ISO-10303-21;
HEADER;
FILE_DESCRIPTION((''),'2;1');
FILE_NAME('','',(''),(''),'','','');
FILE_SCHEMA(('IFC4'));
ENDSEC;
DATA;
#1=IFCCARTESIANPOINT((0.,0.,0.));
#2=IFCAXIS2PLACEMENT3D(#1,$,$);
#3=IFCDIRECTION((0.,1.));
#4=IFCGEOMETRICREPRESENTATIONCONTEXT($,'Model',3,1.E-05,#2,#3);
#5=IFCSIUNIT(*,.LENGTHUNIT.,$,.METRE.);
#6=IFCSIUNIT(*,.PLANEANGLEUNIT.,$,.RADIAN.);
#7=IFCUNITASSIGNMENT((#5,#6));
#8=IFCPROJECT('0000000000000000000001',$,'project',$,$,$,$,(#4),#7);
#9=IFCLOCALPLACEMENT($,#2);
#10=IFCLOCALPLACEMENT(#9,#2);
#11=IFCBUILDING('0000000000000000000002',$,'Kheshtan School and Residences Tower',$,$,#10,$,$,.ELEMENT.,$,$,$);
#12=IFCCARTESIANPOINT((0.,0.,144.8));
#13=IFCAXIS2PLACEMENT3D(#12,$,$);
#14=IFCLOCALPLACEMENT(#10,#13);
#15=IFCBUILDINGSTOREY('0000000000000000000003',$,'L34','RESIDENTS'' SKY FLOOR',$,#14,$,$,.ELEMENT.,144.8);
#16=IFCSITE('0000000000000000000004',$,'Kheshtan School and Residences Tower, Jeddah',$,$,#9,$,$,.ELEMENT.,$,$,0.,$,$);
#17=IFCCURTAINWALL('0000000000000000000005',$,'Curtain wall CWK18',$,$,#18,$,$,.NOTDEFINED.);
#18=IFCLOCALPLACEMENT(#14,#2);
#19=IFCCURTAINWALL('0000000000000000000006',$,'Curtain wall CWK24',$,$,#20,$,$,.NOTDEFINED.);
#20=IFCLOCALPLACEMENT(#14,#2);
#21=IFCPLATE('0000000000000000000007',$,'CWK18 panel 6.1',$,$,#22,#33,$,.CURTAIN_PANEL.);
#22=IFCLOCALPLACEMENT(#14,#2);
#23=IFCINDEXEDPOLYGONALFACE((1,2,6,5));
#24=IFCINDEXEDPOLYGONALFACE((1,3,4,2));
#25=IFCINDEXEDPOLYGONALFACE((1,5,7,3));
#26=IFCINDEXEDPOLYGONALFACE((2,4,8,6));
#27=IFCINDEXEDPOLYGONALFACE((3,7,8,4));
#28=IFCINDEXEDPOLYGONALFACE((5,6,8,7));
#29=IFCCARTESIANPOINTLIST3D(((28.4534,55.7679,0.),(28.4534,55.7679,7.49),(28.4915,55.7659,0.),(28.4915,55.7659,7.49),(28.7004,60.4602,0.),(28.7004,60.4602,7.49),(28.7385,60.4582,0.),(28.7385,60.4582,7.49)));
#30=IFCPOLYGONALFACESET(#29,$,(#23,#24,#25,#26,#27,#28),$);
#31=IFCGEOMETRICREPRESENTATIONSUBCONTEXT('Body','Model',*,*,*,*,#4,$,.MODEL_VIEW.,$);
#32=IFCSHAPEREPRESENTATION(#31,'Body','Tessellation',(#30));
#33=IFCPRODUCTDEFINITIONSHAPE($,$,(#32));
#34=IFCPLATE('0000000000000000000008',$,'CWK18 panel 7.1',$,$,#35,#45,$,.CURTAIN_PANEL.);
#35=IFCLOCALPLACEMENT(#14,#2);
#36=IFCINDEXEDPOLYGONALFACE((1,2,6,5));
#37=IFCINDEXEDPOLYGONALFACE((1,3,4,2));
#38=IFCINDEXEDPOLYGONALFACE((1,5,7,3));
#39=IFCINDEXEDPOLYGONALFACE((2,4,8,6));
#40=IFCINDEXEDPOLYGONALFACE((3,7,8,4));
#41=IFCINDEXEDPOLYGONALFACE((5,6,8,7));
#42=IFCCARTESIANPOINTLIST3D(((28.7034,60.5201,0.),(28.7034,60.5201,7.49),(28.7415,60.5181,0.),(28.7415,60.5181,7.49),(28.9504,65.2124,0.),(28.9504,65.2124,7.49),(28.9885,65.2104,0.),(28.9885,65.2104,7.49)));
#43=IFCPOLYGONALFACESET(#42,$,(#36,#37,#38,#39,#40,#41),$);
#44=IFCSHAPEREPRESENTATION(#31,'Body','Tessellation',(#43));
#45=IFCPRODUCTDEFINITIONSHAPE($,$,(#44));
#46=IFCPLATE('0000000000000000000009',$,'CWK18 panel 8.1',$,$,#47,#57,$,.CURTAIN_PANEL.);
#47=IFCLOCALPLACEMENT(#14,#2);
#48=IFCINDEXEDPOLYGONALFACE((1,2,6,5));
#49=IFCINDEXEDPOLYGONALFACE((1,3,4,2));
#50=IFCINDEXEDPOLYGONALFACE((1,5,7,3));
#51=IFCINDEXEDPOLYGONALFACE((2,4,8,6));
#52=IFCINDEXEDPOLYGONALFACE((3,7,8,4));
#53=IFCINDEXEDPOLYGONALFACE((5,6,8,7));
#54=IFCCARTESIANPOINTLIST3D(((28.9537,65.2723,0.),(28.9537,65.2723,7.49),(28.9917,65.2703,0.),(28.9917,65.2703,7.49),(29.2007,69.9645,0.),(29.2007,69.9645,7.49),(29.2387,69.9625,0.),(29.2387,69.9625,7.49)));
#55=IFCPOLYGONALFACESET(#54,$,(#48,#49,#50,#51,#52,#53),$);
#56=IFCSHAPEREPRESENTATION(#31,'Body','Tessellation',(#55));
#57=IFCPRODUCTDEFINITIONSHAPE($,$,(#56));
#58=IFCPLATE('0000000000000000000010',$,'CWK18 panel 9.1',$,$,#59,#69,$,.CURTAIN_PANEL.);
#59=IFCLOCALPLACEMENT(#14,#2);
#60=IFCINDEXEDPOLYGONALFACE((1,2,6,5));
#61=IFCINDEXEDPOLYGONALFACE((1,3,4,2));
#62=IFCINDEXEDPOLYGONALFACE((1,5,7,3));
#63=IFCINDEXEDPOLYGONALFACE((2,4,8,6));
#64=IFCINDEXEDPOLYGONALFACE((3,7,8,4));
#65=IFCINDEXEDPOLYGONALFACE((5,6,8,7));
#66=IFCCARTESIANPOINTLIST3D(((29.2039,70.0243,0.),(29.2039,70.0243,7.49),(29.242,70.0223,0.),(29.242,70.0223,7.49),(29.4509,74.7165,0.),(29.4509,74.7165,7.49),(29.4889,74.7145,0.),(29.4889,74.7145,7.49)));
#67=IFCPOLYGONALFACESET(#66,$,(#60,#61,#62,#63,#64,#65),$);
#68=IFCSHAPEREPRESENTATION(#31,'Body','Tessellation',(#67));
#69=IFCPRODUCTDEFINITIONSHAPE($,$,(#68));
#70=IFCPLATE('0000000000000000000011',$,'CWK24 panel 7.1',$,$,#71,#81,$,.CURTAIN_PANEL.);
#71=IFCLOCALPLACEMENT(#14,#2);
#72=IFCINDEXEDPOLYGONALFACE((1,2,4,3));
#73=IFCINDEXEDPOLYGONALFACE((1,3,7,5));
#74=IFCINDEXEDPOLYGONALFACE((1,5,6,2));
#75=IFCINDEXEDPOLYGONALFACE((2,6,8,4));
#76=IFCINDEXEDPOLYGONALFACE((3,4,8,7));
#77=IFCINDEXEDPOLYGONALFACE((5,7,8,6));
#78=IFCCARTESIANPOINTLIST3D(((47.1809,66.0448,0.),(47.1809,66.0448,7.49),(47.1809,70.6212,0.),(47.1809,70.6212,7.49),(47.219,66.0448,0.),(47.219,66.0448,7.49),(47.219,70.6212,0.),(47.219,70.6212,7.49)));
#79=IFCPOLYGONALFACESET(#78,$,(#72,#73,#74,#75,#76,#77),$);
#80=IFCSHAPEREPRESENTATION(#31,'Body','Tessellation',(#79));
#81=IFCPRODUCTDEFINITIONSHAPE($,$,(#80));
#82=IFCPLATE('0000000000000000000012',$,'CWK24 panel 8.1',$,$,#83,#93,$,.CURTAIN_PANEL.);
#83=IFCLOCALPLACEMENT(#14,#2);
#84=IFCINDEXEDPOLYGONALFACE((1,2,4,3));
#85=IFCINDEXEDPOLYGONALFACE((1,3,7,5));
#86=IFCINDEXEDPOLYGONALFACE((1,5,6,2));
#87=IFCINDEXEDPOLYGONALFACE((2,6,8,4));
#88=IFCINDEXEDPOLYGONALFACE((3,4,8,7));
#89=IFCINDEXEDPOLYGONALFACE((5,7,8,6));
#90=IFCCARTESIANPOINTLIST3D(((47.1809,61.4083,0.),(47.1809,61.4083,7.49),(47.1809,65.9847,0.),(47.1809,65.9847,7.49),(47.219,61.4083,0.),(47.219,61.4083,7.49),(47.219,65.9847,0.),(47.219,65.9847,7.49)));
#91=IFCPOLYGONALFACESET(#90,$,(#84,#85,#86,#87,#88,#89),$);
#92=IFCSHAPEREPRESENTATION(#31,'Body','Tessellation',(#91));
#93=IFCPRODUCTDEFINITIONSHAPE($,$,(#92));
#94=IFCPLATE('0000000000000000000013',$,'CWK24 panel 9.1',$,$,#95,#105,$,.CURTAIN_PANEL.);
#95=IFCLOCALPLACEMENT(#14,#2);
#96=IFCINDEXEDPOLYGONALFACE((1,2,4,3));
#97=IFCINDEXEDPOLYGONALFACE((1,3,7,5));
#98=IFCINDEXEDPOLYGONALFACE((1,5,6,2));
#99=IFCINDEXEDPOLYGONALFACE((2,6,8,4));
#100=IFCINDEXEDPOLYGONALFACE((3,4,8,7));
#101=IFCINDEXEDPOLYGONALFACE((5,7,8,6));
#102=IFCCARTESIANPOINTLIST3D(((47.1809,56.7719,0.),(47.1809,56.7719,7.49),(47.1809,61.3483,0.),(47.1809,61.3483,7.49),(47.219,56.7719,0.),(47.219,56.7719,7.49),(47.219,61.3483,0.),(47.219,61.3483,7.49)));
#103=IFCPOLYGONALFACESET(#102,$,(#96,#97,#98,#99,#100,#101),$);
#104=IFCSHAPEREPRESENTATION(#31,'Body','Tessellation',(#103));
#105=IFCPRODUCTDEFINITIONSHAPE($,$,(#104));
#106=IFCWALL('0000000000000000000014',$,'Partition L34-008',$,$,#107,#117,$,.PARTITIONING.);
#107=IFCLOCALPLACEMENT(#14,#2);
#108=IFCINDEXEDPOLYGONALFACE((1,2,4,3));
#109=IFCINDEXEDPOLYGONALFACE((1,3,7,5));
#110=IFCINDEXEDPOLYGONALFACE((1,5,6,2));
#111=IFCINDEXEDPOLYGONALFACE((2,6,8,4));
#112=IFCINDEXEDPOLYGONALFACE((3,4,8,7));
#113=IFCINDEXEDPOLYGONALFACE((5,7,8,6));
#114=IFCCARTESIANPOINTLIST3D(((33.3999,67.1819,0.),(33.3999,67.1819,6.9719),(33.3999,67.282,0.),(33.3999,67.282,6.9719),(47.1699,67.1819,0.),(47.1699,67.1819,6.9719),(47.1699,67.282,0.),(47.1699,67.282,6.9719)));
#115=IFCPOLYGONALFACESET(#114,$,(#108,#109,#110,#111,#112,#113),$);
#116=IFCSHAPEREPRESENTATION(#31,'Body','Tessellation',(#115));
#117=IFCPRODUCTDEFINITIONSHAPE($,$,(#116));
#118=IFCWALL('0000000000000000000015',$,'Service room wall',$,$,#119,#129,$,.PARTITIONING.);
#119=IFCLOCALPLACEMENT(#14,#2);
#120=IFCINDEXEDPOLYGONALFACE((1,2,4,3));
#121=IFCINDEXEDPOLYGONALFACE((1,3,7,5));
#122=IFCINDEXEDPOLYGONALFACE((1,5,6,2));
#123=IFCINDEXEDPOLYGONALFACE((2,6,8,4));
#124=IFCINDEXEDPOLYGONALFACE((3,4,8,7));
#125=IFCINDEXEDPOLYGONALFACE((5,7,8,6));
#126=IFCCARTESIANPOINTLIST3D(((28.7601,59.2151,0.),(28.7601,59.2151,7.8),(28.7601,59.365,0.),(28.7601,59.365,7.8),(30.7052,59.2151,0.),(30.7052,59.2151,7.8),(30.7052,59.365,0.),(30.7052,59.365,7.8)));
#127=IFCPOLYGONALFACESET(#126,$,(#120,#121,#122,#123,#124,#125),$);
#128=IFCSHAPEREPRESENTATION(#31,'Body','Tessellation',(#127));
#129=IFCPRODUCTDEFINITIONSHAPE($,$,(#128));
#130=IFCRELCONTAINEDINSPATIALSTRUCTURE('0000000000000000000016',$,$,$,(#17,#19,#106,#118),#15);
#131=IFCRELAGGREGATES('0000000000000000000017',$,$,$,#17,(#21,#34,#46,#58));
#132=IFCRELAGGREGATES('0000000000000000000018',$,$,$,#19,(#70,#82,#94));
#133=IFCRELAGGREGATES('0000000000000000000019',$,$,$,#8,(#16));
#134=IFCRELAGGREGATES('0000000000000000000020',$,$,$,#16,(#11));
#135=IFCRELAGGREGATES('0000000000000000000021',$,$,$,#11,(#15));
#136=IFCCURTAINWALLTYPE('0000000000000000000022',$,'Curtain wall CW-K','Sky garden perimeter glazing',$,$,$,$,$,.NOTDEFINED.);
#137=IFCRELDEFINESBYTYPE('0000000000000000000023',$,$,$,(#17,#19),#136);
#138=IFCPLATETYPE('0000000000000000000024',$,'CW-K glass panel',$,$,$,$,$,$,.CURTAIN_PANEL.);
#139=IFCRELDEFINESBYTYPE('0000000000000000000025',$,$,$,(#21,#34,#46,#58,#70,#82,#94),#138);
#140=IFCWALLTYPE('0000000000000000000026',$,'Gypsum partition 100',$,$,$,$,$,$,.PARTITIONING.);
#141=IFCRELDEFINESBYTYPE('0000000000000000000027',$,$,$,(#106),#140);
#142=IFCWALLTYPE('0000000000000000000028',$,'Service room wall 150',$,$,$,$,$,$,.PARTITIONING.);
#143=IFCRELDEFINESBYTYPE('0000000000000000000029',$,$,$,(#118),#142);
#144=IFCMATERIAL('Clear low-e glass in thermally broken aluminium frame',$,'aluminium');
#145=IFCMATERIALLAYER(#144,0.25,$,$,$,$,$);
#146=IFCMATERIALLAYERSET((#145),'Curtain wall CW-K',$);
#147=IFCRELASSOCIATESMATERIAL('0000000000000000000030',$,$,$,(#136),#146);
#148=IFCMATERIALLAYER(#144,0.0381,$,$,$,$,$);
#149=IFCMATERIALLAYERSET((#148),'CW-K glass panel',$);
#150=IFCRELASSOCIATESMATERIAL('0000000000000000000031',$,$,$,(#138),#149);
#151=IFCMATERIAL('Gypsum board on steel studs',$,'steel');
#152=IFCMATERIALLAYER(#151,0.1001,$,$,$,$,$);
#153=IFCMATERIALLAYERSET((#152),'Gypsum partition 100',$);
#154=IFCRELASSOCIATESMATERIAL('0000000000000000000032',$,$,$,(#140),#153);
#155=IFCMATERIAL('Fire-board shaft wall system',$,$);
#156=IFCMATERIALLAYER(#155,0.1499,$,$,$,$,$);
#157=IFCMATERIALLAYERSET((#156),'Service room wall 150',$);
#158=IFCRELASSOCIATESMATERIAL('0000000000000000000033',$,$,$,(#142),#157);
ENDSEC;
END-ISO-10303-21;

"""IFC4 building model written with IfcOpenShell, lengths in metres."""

from ifc_helpers import new_model, si_unit, direction, frame, frame_2d, origin, origin_2d, place, context, subcontext, project, spatial, rectangle, extrude, material, layer, layer_set, type_object, element, aggregate, save


model = new_model("IFC4")

# Units and contexts
model_context = context("Model", 3, precision=1e-05, world=origin(), true_north=direction((0.0, 1.0)))
body_context = subcontext(model_context, "Body", "Model", "MODEL_VIEW")
ifc_project = project(units=[si_unit("LENGTHUNIT", "METRE"), si_unit("PLANEANGLEUNIT", "RADIAN")], contexts=[model_context])

# Site, building, storey
site_placement = place(None, origin())
site = spatial("IfcSite", under=ifc_project, at=site_placement, Name="Kheshtan School and Residences Tower, Jeddah", CompositionType="ELEMENT", RefElevation=0.0)
building_placement = place(site_placement, origin())
building = spatial("IfcBuilding", under=site, at=building_placement, Name="Kheshtan School and Residences Tower", CompositionType="ELEMENT")
storey_placement = place(building_placement, frame((0.0, 0.0, 144.8)))
storey = spatial("IfcBuildingStorey", under=building, at=storey_placement, Name="L34", Description="RESIDENTS' SKY FLOOR", CompositionType="ELEMENT", Elevation=144.8)

# Curtain walls
ifc_material_1 = material(Name="Clear low-e glass in thermally broken aluminium frame", Category="aluminium")
ifc_layer_1 = layer(ifc_material_1, 0.25)
ifc_layer_set_1 = layer_set([ifc_layer_1], Name="Curtain wall CW-K")
curtain_wall_type = type_object("IfcCurtainWallType", Name="Curtain wall CW-K", Description="Sky garden perimeter glazing", PredefinedType="NOTDEFINED", material=ifc_layer_set_1)
curtain_wall_1_placement = place(storey_placement, origin())
curtain_wall_1 = element("IfcCurtainWall", 1, at=curtain_wall_1_placement, inside=storey, type_object=curtain_wall_type, Name="Curtain wall CWK18", PredefinedType="NOTDEFINED")
curtain_wall_2_placement = place(storey_placement, origin())
curtain_wall_2 = element("IfcCurtainWall", 2, at=curtain_wall_2_placement, inside=storey, type_object=curtain_wall_type, Name="Curtain wall CWK24", PredefinedType="NOTDEFINED")

# Plates
ifc_layer_2 = layer(ifc_material_1, 0.0381)
ifc_layer_set_2 = layer_set([ifc_layer_2], Name="CW-K glass panel")
plate_type = type_object("IfcPlateType", Name="CW-K glass panel", PredefinedType="CURTAIN_PANEL", material=ifc_layer_set_2)
plate_1_placement = place(storey_placement, frame((28.5959, 58.113, 0.0), z_axis=(0.0, 0.0, 1.0), x_axis=(0.052565, 0.998617, 0.0)))
plate_1 = element("IfcPlate", 3, at=plate_1_placement, type_object=plate_type, Name="CWK18 panel 6.1", PredefinedType="CURTAIN_PANEL", context=body_context, shape_type="SweptSolid", body=[
    extrude(rectangle(XDim=4.6987, YDim=0.0381, at=origin_2d()), origin(), (0.0, 0.0, 1.0), 7.49),
])
plate_2_placement = place(storey_placement, frame((28.8459, 62.8652, 0.0), z_axis=(0.0, 0.0, 1.0), x_axis=(0.052565, 0.998617, 0.0)))
plate_2 = element("IfcPlate", 4, at=plate_2_placement, type_object=plate_type, Name="CWK18 panel 7.1", PredefinedType="CURTAIN_PANEL", context=body_context, shape_type="SweptSolid", body=[
    extrude(rectangle(XDim=4.6987, YDim=0.0381, at=origin_2d()), origin(), (0.0, 0.0, 1.0), 7.49),
])
plate_3_placement = place(storey_placement, frame((29.0962, 67.6174, 0.0), z_axis=(0.0, 0.0, 1.0), x_axis=(0.052565, 0.998617, 0.0)))
plate_3 = element("IfcPlate", 5, at=plate_3_placement, type_object=plate_type, Name="CWK18 panel 8.1", PredefinedType="CURTAIN_PANEL", context=body_context, shape_type="SweptSolid", body=[
    extrude(rectangle(XDim=4.6987, YDim=0.0381, at=origin_2d()), origin(), (0.0, 0.0, 1.0), 7.49),
])
plate_4_placement = place(storey_placement, frame((29.3464, 72.3694, 0.0), z_axis=(0.0, 0.0, 1.0), x_axis=(0.052565, 0.998617, 0.0)))
plate_4 = element("IfcPlate", 6, at=plate_4_placement, type_object=plate_type, Name="CWK18 panel 9.1", PredefinedType="CURTAIN_PANEL", context=body_context, shape_type="SweptSolid", body=[
    extrude(rectangle(XDim=4.6987, YDim=0.0381, at=origin_2d()), origin(), (0.0, 0.0, 1.0), 7.49),
])
aggregate(curtain_wall_1, [plate_1, plate_2, plate_3, plate_4])
plate_5_placement = place(storey_placement, frame((47.2, 68.333, 0.0), z_axis=(0.0, 0.0, 1.0), x_axis=(0.0, -1.0, 0.0)))
plate_5 = element("IfcPlate", 7, at=plate_5_placement, type_object=plate_type, Name="CWK24 panel 7.1", PredefinedType="CURTAIN_PANEL", context=body_context, shape_type="SweptSolid", body=[
    extrude(rectangle(XDim=4.5764, YDim=0.0381, at=origin_2d()), origin(), (0.0, 0.0, 1.0), 7.49),
])
plate_6_placement = place(storey_placement, frame((47.2, 63.6965, 0.0), z_axis=(0.0, 0.0, 1.0), x_axis=(0.0, -1.0, 0.0)))
plate_6 = element("IfcPlate", 8, at=plate_6_placement, type_object=plate_type, Name="CWK24 panel 8.1", PredefinedType="CURTAIN_PANEL", context=body_context, shape_type="SweptSolid", body=[
    extrude(rectangle(XDim=4.5764, YDim=0.0381, at=origin_2d()), origin(), (0.0, 0.0, 1.0), 7.49),
])
plate_7_placement = place(storey_placement, frame((47.2, 59.0601, 0.0), z_axis=(0.0, 0.0, 1.0), x_axis=(0.0, -1.0, 0.0)))
plate_7 = element("IfcPlate", 9, at=plate_7_placement, type_object=plate_type, Name="CWK24 panel 9.1", PredefinedType="CURTAIN_PANEL", context=body_context, shape_type="SweptSolid", body=[
    extrude(rectangle(XDim=4.5764, YDim=0.0381, at=origin_2d()), origin(), (0.0, 0.0, 1.0), 7.49),
])
aggregate(curtain_wall_2, [plate_5, plate_6, plate_7])

# Walls
ifc_material_2 = material(Name="Gypsum board on steel studs", Category="steel")
ifc_layer_3 = layer(ifc_material_2, 0.1001)
ifc_layer_set_3 = layer_set([ifc_layer_3], Name="Gypsum partition 100")
wall_type_1 = type_object("IfcWallType", Name="Gypsum partition 100", PredefinedType="PARTITIONING", material=ifc_layer_set_3)
wall_1_placement = place(storey_placement, frame((33.3999, 67.2319, 0.0), z_axis=(0.0, 0.0, 1.0), x_axis=(1.0, 0.0, 0.0)))
element("IfcWall", 10, at=wall_1_placement, inside=storey, type_object=wall_type_1, Name="Partition L34-008", PredefinedType="PARTITIONING", context=body_context, shape_type="SweptSolid", body=[
    extrude(rectangle(XDim=13.77, YDim=0.1001, at=frame_2d((6.885, 0.0))), origin(), (0.0, 0.0, 1.0), 6.9719),
])
ifc_material_3 = material(Name="Fire-board shaft wall system")
ifc_layer_4 = layer(ifc_material_3, 0.1499)
ifc_layer_set_4 = layer_set([ifc_layer_4], Name="Service room wall 150")
wall_type_2 = type_object("IfcWallType", Name="Service room wall 150", PredefinedType="PARTITIONING", material=ifc_layer_set_4)
wall_2_placement = place(storey_placement, frame((28.76, 59.29, 0.0), z_axis=(0.0, 0.0, 1.0), x_axis=(1.0, 0.0, 0.0)))
element("IfcWall", 11, at=wall_2_placement, inside=storey, type_object=wall_type_2, Name="Service room wall", PredefinedType="PARTITIONING", context=body_context, shape_type="SweptSolid", body=[
    extrude(rectangle(XDim=1.9451, YDim=0.1499, at=frame_2d((0.9727, 0.0))), origin(), (0.0, 0.0, 1.0), 7.8),
])

save(model, "model.ifc")
